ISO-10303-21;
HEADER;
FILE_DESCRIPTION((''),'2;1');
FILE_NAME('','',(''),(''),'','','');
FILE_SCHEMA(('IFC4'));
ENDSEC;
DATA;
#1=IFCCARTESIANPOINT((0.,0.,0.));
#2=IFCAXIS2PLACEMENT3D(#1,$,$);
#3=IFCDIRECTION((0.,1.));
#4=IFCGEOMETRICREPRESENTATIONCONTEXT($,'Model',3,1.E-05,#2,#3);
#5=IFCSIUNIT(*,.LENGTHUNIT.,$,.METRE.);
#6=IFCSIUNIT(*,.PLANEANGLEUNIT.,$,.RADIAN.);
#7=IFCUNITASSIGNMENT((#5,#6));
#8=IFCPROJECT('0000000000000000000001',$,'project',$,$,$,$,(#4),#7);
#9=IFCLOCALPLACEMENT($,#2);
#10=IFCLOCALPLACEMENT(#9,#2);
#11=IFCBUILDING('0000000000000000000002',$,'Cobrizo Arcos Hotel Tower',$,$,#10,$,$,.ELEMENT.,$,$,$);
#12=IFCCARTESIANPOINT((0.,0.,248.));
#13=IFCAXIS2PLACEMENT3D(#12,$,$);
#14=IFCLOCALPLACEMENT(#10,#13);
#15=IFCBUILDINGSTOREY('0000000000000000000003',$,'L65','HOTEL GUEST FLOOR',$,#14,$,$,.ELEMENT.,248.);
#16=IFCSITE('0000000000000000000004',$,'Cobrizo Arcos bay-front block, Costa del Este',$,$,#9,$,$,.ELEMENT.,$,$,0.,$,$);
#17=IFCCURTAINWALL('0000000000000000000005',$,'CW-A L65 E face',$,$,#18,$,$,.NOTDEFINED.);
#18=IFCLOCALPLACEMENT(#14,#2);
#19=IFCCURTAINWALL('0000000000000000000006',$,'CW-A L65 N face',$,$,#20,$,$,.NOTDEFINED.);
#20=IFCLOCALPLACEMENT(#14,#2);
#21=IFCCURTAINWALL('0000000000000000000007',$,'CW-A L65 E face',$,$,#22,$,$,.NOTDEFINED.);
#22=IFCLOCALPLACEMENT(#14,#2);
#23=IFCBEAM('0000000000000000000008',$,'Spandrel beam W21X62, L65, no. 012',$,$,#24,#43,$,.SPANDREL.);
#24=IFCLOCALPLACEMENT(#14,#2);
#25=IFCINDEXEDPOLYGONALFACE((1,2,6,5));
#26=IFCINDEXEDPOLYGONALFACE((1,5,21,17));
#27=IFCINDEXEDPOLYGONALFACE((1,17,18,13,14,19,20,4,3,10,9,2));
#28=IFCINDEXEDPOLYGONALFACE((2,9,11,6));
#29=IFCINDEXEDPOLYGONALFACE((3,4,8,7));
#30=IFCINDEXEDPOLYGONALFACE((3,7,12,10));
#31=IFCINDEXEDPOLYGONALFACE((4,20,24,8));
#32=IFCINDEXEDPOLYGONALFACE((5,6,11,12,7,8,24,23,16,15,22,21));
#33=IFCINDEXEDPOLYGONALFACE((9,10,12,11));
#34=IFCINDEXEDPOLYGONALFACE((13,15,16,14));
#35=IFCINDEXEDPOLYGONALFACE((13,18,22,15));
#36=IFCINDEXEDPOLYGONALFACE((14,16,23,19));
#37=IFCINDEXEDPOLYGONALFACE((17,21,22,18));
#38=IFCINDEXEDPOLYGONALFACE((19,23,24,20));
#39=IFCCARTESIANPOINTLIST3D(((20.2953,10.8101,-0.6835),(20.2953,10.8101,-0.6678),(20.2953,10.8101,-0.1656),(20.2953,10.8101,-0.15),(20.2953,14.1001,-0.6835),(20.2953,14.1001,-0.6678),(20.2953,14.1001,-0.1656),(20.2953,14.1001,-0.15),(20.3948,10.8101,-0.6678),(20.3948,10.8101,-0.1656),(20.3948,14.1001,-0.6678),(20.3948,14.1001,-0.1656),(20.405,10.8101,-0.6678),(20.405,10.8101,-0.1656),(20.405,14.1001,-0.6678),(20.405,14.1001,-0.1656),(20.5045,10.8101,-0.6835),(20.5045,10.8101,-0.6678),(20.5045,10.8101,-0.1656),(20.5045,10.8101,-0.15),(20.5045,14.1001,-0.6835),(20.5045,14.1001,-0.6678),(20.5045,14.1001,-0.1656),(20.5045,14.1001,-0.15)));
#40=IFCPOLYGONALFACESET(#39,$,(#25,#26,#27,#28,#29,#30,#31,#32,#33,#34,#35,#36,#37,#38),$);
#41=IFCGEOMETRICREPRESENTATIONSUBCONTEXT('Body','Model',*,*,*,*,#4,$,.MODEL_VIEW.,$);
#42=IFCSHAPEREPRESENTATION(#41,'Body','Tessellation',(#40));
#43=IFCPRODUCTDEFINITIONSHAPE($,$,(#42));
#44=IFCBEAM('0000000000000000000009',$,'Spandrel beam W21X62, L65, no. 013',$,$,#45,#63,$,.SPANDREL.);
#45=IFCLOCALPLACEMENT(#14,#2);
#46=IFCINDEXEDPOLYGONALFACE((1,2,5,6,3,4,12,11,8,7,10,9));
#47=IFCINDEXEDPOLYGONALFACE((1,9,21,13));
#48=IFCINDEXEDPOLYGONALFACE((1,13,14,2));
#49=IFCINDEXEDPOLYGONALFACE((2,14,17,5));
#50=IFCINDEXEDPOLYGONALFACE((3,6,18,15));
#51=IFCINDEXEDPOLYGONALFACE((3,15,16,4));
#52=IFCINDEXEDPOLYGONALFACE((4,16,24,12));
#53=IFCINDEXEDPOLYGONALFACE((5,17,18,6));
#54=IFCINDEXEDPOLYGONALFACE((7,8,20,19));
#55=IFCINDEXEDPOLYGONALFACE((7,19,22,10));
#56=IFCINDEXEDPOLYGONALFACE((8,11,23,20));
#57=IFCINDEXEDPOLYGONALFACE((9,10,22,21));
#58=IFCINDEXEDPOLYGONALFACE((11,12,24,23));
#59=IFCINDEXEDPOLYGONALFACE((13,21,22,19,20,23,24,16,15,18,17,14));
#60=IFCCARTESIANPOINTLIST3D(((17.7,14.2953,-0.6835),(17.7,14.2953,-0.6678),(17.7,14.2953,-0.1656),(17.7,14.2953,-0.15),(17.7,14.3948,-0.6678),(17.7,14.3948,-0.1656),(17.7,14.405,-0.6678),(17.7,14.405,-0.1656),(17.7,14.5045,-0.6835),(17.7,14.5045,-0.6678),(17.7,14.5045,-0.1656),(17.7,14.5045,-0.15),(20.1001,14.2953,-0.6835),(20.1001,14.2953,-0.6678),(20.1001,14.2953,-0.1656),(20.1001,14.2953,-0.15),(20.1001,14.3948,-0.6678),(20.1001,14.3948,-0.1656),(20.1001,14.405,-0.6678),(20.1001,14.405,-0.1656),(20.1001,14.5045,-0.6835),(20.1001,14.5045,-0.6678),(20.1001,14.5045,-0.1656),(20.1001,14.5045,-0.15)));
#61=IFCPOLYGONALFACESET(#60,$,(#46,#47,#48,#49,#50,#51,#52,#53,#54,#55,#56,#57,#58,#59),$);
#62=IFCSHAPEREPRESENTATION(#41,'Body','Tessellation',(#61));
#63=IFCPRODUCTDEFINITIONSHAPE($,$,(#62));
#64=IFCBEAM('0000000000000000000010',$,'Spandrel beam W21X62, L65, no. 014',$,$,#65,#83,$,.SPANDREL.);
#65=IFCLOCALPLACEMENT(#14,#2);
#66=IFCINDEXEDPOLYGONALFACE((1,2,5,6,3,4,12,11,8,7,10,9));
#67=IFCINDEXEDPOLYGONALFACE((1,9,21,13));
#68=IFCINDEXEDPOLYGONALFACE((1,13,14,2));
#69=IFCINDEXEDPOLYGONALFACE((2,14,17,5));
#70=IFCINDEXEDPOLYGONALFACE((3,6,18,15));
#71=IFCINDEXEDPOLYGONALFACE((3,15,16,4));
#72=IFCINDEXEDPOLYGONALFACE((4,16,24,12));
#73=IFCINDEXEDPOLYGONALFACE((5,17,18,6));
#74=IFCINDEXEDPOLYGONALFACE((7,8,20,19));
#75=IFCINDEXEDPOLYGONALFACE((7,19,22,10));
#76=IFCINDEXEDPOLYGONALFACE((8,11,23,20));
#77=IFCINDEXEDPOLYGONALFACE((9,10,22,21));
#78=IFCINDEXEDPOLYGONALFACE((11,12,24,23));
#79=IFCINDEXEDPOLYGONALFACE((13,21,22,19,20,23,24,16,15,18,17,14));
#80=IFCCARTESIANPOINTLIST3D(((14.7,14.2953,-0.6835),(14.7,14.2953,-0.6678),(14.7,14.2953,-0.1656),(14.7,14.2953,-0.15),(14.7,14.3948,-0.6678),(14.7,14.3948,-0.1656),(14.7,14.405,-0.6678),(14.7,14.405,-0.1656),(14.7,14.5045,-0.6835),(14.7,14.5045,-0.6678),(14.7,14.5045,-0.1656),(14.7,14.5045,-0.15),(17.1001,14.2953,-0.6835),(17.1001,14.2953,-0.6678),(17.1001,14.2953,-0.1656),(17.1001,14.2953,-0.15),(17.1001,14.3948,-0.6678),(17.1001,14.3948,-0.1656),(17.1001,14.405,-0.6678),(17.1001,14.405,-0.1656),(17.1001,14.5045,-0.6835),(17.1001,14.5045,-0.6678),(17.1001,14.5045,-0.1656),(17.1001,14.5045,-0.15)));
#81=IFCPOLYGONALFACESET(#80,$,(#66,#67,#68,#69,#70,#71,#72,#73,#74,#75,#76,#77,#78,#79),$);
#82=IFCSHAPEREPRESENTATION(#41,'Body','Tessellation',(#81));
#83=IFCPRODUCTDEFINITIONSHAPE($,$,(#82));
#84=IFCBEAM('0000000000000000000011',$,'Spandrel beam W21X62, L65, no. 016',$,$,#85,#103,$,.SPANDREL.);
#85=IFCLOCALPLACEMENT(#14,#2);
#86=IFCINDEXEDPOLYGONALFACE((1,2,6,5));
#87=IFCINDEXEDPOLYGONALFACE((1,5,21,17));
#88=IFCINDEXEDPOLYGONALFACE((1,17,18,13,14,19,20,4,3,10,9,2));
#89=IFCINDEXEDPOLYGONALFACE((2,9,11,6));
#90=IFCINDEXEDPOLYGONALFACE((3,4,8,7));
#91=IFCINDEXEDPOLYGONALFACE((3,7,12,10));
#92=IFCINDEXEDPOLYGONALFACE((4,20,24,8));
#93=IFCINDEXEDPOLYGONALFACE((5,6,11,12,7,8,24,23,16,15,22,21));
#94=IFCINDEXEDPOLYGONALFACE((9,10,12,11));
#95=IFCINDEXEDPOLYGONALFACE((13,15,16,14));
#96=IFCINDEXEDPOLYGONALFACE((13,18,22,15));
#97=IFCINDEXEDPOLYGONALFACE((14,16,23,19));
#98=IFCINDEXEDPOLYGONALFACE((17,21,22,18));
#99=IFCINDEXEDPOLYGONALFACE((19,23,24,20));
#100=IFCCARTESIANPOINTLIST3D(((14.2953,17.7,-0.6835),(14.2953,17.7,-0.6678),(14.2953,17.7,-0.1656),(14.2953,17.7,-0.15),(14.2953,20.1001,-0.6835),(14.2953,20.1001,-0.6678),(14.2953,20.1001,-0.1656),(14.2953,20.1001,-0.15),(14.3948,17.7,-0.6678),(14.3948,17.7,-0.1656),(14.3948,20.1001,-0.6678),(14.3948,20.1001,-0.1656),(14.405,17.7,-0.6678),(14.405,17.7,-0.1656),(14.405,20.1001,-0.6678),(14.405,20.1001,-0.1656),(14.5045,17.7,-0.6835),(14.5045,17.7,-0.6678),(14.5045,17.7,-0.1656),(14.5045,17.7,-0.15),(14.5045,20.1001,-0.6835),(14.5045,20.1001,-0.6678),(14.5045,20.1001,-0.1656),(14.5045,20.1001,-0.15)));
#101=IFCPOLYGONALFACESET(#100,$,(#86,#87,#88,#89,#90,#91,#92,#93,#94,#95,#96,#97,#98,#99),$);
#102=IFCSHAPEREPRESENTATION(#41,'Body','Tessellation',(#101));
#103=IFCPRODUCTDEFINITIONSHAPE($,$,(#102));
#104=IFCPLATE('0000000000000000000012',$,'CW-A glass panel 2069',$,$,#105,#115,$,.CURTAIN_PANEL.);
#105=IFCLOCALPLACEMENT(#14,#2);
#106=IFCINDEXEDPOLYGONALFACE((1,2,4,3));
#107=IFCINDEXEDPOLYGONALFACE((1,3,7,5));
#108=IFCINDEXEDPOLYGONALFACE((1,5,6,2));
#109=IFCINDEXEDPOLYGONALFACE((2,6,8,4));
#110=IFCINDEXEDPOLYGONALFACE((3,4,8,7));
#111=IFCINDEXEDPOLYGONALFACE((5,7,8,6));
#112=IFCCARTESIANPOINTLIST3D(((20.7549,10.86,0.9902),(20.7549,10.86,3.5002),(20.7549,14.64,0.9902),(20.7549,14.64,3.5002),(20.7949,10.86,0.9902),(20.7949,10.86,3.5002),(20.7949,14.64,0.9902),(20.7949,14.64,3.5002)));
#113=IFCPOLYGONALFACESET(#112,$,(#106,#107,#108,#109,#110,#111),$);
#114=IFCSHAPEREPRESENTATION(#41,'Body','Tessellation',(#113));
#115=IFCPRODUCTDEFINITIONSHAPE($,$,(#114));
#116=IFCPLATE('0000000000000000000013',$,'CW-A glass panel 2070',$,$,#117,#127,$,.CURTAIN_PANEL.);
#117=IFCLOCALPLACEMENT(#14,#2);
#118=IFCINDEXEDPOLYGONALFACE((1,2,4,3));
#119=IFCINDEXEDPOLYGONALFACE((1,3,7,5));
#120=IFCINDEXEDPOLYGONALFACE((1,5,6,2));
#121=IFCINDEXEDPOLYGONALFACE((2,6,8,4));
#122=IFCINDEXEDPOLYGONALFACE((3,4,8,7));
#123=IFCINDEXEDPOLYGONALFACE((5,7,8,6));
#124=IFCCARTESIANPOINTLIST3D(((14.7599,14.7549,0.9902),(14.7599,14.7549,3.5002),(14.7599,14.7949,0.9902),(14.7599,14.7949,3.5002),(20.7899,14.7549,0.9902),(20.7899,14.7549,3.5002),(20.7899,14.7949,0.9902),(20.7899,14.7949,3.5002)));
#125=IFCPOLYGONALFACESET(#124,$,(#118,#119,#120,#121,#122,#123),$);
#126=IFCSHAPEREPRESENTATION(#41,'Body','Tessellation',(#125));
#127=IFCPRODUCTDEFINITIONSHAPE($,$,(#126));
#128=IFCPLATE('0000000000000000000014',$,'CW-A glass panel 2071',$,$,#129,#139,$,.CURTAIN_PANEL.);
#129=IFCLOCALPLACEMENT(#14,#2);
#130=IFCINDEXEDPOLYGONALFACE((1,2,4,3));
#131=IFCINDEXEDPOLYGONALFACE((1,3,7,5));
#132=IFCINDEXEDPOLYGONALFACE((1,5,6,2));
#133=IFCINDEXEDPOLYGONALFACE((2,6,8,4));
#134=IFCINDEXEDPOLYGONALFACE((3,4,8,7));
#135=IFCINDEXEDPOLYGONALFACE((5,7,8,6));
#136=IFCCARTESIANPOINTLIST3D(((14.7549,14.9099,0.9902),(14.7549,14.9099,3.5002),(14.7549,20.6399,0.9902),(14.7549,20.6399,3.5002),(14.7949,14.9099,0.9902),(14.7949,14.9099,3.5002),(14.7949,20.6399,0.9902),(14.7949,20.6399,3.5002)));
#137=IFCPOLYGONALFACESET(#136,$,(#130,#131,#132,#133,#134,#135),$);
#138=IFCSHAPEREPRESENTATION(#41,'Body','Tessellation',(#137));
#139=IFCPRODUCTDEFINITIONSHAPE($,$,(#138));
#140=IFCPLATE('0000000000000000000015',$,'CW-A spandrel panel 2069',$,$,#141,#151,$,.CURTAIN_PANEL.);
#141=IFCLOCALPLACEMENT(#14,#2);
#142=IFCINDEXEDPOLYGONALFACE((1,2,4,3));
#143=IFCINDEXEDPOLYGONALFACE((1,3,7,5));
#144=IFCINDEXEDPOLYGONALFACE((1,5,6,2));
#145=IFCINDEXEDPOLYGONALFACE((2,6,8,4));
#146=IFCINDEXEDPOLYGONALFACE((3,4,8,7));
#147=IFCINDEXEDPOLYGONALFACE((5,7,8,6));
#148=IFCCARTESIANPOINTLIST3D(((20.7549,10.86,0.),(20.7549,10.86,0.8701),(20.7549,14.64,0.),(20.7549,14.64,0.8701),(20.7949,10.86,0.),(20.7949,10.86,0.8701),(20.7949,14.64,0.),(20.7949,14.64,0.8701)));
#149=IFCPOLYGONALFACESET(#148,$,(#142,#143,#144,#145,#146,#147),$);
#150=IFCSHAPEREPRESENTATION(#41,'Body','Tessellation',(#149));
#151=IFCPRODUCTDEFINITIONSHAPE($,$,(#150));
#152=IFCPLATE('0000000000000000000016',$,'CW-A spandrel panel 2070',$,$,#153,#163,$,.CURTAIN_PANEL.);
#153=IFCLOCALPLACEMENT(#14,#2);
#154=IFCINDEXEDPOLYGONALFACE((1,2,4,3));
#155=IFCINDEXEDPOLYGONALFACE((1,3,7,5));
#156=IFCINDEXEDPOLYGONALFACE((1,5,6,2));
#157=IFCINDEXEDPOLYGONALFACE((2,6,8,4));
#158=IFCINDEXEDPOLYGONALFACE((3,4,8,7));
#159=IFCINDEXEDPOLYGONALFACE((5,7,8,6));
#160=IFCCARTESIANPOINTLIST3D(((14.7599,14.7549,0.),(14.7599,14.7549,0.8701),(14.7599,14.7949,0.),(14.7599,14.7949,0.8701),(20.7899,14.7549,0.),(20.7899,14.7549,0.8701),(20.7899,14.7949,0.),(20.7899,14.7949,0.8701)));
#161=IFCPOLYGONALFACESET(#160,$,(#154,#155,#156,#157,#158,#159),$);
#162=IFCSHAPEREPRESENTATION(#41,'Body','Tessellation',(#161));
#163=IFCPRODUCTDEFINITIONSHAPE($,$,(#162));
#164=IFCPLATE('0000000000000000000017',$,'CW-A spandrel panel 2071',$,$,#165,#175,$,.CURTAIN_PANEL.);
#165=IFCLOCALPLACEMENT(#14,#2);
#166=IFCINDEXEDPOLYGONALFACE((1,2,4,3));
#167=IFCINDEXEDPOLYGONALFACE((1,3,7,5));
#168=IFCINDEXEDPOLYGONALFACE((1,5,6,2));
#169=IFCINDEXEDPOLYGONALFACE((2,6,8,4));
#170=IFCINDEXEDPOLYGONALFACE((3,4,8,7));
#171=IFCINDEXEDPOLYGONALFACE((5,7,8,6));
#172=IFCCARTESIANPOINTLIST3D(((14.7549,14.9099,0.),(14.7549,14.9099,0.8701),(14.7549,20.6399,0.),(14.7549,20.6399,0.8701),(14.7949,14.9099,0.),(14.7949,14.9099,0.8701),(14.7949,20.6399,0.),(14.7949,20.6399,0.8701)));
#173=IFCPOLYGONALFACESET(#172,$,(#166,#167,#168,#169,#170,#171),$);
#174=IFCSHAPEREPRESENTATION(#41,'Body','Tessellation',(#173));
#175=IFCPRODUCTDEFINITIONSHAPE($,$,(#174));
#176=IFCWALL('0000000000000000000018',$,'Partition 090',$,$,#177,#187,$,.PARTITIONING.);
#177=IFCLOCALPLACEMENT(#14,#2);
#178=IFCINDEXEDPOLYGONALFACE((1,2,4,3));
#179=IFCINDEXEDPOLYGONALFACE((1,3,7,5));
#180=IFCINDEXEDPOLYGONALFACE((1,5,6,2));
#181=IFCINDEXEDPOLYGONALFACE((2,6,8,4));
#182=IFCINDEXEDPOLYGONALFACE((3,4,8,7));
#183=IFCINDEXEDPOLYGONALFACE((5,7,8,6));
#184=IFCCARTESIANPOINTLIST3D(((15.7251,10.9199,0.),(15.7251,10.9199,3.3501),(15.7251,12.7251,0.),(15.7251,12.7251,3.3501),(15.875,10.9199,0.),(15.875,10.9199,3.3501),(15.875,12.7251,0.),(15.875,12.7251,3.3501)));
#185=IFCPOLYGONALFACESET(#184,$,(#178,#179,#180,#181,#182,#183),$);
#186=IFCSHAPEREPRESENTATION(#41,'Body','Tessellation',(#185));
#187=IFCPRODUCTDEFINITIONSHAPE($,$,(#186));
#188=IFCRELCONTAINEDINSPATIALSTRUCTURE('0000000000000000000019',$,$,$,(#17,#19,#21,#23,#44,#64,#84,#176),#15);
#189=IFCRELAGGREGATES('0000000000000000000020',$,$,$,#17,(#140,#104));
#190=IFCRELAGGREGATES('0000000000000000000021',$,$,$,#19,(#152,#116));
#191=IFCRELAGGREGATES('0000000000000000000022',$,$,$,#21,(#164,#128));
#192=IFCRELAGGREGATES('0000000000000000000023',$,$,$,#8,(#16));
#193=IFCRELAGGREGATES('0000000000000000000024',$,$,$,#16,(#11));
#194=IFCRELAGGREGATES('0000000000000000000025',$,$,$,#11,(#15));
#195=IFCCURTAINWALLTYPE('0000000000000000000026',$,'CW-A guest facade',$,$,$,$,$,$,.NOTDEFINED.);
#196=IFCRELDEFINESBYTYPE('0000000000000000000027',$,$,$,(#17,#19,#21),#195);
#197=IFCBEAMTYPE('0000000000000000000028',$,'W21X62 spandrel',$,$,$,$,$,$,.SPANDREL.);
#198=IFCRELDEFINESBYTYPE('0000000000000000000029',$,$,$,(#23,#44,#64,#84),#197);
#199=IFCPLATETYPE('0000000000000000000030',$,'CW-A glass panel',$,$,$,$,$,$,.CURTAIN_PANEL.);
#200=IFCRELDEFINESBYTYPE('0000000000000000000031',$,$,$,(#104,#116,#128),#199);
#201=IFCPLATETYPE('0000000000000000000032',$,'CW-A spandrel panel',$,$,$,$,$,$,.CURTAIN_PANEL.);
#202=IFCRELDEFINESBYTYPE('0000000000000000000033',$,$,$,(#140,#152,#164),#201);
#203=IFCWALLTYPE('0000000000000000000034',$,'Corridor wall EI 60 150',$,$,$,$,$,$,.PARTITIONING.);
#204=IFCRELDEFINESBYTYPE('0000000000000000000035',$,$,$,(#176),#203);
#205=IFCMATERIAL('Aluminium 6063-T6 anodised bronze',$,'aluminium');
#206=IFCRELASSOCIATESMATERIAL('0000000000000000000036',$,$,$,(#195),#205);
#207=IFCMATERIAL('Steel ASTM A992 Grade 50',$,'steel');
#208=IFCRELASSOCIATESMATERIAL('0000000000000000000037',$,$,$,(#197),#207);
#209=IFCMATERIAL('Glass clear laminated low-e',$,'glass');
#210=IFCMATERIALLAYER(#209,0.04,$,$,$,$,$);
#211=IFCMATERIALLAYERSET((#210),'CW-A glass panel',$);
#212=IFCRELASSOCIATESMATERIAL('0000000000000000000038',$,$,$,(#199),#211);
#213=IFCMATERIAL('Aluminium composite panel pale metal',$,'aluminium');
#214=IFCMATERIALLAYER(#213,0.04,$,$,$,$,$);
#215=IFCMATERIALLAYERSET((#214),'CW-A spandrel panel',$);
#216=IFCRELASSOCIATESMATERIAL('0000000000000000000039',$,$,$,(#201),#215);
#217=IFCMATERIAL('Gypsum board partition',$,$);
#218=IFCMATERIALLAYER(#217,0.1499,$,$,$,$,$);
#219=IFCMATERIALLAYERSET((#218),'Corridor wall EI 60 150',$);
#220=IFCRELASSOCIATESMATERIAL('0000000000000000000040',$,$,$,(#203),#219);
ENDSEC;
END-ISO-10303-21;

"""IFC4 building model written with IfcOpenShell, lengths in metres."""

from ifc_helpers import new_model, si_unit, direction, frame, frame_2d, origin, origin_2d, place, context, subcontext, project, spatial, rectangle, i_section, extrude, material, layer, layer_set, material_profile, profile_set, type_object, element, aggregate, save


model = new_model("IFC4")

# Units and contexts
model_context = context("Model", 3, precision=1e-05, world=origin(), true_north=direction((0.0, 1.0)))
body_context = subcontext(model_context, "Body", "Model", "MODEL_VIEW")
ifc_project = project(units=[si_unit("LENGTHUNIT", "METRE"), si_unit("PLANEANGLEUNIT", "RADIAN")], contexts=[model_context])

# Site, building, storey
site_placement = place(None, origin())
site = spatial("IfcSite", under=ifc_project, at=site_placement, Name="Cobrizo Arcos bay-front block, Costa del Este", CompositionType="ELEMENT", RefElevation=0.0)
building_placement = place(site_placement, origin())
building = spatial("IfcBuilding", under=site, at=building_placement, Name="Cobrizo Arcos Hotel Tower", CompositionType="ELEMENT")
storey_placement = place(building_placement, frame((0.0, 0.0, 248.0)))
storey = spatial("IfcBuildingStorey", under=building, at=storey_placement, Name="L65", Description="HOTEL GUEST FLOOR", CompositionType="ELEMENT", Elevation=248.0)

# Curtain walls
ifc_material_1 = material(Name="Aluminium 6063-T6 anodised bronze", Category="aluminium")
curtain_wall_type = type_object("IfcCurtainWallType", Name="CW-A guest facade", PredefinedType="NOTDEFINED", material=ifc_material_1)
curtain_wall_1_placement = place(storey_placement, origin())
curtain_wall_1 = element("IfcCurtainWall", 1, at=curtain_wall_1_placement, inside=storey, type_object=curtain_wall_type, Name="CW-A L65 E face", PredefinedType="NOTDEFINED")
curtain_wall_2_placement = place(storey_placement, origin())
curtain_wall_2 = element("IfcCurtainWall", 2, at=curtain_wall_2_placement, inside=storey, type_object=curtain_wall_type, Name="CW-A L65 N face", PredefinedType="NOTDEFINED")
curtain_wall_3_placement = place(storey_placement, origin())
curtain_wall_3 = element("IfcCurtainWall", 3, at=curtain_wall_3_placement, inside=storey, type_object=curtain_wall_type, Name="CW-A L65 E face", PredefinedType="NOTDEFINED")

# Beams
ifc_material_2 = material(Name="Steel ASTM A992 Grade 50", Category="steel")
ifc_material_profile_1 = material_profile(ifc_material_2, i_section(OverallWidth=0.2092, OverallDepth=0.5334, WebThickness=0.0103, FlangeThickness=0.0156, at=origin_2d()), Name="W21X62")
ifc_profile_set_1 = profile_set([ifc_material_profile_1], Name="Steel ASTM A992 Grade 50")
beam_type = type_object("IfcBeamType", Name="W21X62 spandrel", PredefinedType="SPANDREL", material=ifc_profile_set_1)
beam_placement = place(storey_placement, frame((20.3999, 10.8101, -0.4167), z_axis=(0.0, 1.0, 0.0), x_axis=(-1.0, 0.0, 0.0)))
element("IfcBeam", 4, at=beam_placement, inside=storey, type_object=beam_type, Name="Spandrel beam W21X62, L65, no. 012", PredefinedType="SPANDREL", context=body_context, shape_type="SweptSolid", body=[
    extrude(i_section(OverallWidth=0.2092, OverallDepth=0.5334, WebThickness=0.0103, FlangeThickness=0.0156, at=origin_2d()), origin(), (0.0, 0.0, 1.0), 3.29),
])
for number, where, z_axis, x_axis, name in (
    (5, (20.1001, 14.3999, -0.4167), (-1.0, 0.0, 0.0), (0.0, -1.0, 0.0), "Spandrel beam W21X62, L65, no. 013"),
    (6, (17.1001, 14.3999, -0.4167), (-1.0, 0.0, 0.0), (0.0, -1.0, 0.0), "Spandrel beam W21X62, L65, no. 014"),
    (7, (14.3999, 17.7, -0.4167), (0.0, 1.0, 0.0), (-1.0, 0.0, 0.0), "Spandrel beam W21X62, L65, no. 016"),
):
    element("IfcBeam", number, at=place(storey_placement, frame(where, z_axis=z_axis, x_axis=x_axis)), inside=storey, type_object=beam_type, Name=name, PredefinedType="SPANDREL", context=body_context, shape_type="SweptSolid", body=[
        extrude(i_section(OverallWidth=0.2092, OverallDepth=0.5334, WebThickness=0.0103, FlangeThickness=0.0156, at=origin_2d()), origin(), (0.0, 0.0, 1.0), 2.4001),
    ])

# Plates
ifc_material_3 = material(Name="Glass clear laminated low-e", Category="glass")
ifc_layer_1 = layer(ifc_material_3, 0.04)
ifc_layer_set_1 = layer_set([ifc_layer_1], Name="CW-A glass panel")
plate_type_1 = type_object("IfcPlateType", Name="CW-A glass panel", PredefinedType="CURTAIN_PANEL", material=ifc_layer_set_1)
plate_1_placement = place(storey_placement, frame((20.7749, 12.75, 0.9902), z_axis=(0.0, 0.0, 1.0), x_axis=(0.0, 1.0, 0.0)))
plate_1 = element("IfcPlate", 8, at=plate_1_placement, type_object=plate_type_1, Name="CW-A glass panel 2069", PredefinedType="CURTAIN_PANEL", context=body_context, shape_type="SweptSolid", body=[
    extrude(rectangle(XDim=3.78, YDim=0.04, at=origin_2d()), origin(), (0.0, 0.0, 1.0), 2.51),
])
plate_2_placement = place(storey_placement, frame((17.7749, 14.7749, 0.9902), z_axis=(0.0, 0.0, 1.0), x_axis=(-1.0, 0.0, 0.0)))
plate_2 = element("IfcPlate", 9, at=plate_2_placement, type_object=plate_type_1, Name="CW-A glass panel 2070", PredefinedType="CURTAIN_PANEL", context=body_context, shape_type="SweptSolid", body=[
    extrude(rectangle(XDim=6.03, YDim=0.04, at=origin_2d()), origin(), (0.0, 0.0, 1.0), 2.51),
])
plate_3_placement = place(storey_placement, frame((14.7749, 17.7749, 0.9902), z_axis=(0.0, 0.0, 1.0), x_axis=(0.0, 1.0, 0.0)))
plate_3 = element("IfcPlate", 10, at=plate_3_placement, type_object=plate_type_1, Name="CW-A glass panel 2071", PredefinedType="CURTAIN_PANEL", context=body_context, shape_type="SweptSolid", body=[
    extrude(rectangle(XDim=5.73, YDim=0.04, at=origin_2d()), origin(), (0.0, 0.0, 1.0), 2.51),
])
ifc_material_4 = material(Name="Aluminium composite panel pale metal", Category="aluminium")
ifc_layer_2 = layer(ifc_material_4, 0.04)
ifc_layer_set_2 = layer_set([ifc_layer_2], Name="CW-A spandrel panel")
plate_type_2 = type_object("IfcPlateType", Name="CW-A spandrel panel", PredefinedType="CURTAIN_PANEL", material=ifc_layer_set_2)
plate_4_placement = place(storey_placement, frame((20.7749, 12.75, 0.0), z_axis=(0.0, 0.0, 1.0), x_axis=(0.0, 1.0, 0.0)))
plate_4 = element("IfcPlate", 11, at=plate_4_placement, type_object=plate_type_2, Name="CW-A spandrel panel 2069", PredefinedType="CURTAIN_PANEL", context=body_context, shape_type="SweptSolid", body=[
    extrude(rectangle(XDim=3.78, YDim=0.04, at=origin_2d()), origin(), (0.0, 0.0, 1.0), 0.8701),
])
aggregate(curtain_wall_1, [plate_4, plate_1])
plate_5_placement = place(storey_placement, frame((17.7749, 14.7749, 0.0), z_axis=(0.0, 0.0, 1.0), x_axis=(-1.0, 0.0, 0.0)))
plate_5 = element("IfcPlate", 12, at=plate_5_placement, type_object=plate_type_2, Name="CW-A spandrel panel 2070", PredefinedType="CURTAIN_PANEL", context=body_context, shape_type="SweptSolid", body=[
    extrude(rectangle(XDim=6.03, YDim=0.04, at=origin_2d()), origin(), (0.0, 0.0, 1.0), 0.8701),
])
aggregate(curtain_wall_2, [plate_5, plate_2])
plate_6_placement = place(storey_placement, frame((14.7749, 17.7749, 0.0), z_axis=(0.0, 0.0, 1.0), x_axis=(0.0, 1.0, 0.0)))
plate_6 = element("IfcPlate", 13, at=plate_6_placement, type_object=plate_type_2, Name="CW-A spandrel panel 2071", PredefinedType="CURTAIN_PANEL", context=body_context, shape_type="SweptSolid", body=[
    extrude(rectangle(XDim=5.73, YDim=0.04, at=origin_2d()), origin(), (0.0, 0.0, 1.0), 0.8701),
])
aggregate(curtain_wall_3, [plate_6, plate_3])

# Wall
ifc_material_5 = material(Name="Gypsum board partition")
ifc_layer_3 = layer(ifc_material_5, 0.1499)
ifc_layer_set_3 = layer_set([ifc_layer_3], Name="Corridor wall EI 60 150")
wall_type = type_object("IfcWallType", Name="Corridor wall EI 60 150", PredefinedType="PARTITIONING", material=ifc_layer_set_3)
wall_placement = place(storey_placement, frame((15.8, 10.9199, 0.0), z_axis=(0.0, 0.0, 1.0), x_axis=(0.0, 1.0, 0.0)))
element("IfcWall", 14, at=wall_placement, inside=storey, type_object=wall_type, Name="Partition 090", PredefinedType="PARTITIONING", context=body_context, shape_type="SweptSolid", body=[
    extrude(rectangle(XDim=1.8052, YDim=0.1499, at=frame_2d((0.9026, 0.0))), origin(), (0.0, 0.0, 1.0), 3.3501),
])

save(model, "model.ifc")
